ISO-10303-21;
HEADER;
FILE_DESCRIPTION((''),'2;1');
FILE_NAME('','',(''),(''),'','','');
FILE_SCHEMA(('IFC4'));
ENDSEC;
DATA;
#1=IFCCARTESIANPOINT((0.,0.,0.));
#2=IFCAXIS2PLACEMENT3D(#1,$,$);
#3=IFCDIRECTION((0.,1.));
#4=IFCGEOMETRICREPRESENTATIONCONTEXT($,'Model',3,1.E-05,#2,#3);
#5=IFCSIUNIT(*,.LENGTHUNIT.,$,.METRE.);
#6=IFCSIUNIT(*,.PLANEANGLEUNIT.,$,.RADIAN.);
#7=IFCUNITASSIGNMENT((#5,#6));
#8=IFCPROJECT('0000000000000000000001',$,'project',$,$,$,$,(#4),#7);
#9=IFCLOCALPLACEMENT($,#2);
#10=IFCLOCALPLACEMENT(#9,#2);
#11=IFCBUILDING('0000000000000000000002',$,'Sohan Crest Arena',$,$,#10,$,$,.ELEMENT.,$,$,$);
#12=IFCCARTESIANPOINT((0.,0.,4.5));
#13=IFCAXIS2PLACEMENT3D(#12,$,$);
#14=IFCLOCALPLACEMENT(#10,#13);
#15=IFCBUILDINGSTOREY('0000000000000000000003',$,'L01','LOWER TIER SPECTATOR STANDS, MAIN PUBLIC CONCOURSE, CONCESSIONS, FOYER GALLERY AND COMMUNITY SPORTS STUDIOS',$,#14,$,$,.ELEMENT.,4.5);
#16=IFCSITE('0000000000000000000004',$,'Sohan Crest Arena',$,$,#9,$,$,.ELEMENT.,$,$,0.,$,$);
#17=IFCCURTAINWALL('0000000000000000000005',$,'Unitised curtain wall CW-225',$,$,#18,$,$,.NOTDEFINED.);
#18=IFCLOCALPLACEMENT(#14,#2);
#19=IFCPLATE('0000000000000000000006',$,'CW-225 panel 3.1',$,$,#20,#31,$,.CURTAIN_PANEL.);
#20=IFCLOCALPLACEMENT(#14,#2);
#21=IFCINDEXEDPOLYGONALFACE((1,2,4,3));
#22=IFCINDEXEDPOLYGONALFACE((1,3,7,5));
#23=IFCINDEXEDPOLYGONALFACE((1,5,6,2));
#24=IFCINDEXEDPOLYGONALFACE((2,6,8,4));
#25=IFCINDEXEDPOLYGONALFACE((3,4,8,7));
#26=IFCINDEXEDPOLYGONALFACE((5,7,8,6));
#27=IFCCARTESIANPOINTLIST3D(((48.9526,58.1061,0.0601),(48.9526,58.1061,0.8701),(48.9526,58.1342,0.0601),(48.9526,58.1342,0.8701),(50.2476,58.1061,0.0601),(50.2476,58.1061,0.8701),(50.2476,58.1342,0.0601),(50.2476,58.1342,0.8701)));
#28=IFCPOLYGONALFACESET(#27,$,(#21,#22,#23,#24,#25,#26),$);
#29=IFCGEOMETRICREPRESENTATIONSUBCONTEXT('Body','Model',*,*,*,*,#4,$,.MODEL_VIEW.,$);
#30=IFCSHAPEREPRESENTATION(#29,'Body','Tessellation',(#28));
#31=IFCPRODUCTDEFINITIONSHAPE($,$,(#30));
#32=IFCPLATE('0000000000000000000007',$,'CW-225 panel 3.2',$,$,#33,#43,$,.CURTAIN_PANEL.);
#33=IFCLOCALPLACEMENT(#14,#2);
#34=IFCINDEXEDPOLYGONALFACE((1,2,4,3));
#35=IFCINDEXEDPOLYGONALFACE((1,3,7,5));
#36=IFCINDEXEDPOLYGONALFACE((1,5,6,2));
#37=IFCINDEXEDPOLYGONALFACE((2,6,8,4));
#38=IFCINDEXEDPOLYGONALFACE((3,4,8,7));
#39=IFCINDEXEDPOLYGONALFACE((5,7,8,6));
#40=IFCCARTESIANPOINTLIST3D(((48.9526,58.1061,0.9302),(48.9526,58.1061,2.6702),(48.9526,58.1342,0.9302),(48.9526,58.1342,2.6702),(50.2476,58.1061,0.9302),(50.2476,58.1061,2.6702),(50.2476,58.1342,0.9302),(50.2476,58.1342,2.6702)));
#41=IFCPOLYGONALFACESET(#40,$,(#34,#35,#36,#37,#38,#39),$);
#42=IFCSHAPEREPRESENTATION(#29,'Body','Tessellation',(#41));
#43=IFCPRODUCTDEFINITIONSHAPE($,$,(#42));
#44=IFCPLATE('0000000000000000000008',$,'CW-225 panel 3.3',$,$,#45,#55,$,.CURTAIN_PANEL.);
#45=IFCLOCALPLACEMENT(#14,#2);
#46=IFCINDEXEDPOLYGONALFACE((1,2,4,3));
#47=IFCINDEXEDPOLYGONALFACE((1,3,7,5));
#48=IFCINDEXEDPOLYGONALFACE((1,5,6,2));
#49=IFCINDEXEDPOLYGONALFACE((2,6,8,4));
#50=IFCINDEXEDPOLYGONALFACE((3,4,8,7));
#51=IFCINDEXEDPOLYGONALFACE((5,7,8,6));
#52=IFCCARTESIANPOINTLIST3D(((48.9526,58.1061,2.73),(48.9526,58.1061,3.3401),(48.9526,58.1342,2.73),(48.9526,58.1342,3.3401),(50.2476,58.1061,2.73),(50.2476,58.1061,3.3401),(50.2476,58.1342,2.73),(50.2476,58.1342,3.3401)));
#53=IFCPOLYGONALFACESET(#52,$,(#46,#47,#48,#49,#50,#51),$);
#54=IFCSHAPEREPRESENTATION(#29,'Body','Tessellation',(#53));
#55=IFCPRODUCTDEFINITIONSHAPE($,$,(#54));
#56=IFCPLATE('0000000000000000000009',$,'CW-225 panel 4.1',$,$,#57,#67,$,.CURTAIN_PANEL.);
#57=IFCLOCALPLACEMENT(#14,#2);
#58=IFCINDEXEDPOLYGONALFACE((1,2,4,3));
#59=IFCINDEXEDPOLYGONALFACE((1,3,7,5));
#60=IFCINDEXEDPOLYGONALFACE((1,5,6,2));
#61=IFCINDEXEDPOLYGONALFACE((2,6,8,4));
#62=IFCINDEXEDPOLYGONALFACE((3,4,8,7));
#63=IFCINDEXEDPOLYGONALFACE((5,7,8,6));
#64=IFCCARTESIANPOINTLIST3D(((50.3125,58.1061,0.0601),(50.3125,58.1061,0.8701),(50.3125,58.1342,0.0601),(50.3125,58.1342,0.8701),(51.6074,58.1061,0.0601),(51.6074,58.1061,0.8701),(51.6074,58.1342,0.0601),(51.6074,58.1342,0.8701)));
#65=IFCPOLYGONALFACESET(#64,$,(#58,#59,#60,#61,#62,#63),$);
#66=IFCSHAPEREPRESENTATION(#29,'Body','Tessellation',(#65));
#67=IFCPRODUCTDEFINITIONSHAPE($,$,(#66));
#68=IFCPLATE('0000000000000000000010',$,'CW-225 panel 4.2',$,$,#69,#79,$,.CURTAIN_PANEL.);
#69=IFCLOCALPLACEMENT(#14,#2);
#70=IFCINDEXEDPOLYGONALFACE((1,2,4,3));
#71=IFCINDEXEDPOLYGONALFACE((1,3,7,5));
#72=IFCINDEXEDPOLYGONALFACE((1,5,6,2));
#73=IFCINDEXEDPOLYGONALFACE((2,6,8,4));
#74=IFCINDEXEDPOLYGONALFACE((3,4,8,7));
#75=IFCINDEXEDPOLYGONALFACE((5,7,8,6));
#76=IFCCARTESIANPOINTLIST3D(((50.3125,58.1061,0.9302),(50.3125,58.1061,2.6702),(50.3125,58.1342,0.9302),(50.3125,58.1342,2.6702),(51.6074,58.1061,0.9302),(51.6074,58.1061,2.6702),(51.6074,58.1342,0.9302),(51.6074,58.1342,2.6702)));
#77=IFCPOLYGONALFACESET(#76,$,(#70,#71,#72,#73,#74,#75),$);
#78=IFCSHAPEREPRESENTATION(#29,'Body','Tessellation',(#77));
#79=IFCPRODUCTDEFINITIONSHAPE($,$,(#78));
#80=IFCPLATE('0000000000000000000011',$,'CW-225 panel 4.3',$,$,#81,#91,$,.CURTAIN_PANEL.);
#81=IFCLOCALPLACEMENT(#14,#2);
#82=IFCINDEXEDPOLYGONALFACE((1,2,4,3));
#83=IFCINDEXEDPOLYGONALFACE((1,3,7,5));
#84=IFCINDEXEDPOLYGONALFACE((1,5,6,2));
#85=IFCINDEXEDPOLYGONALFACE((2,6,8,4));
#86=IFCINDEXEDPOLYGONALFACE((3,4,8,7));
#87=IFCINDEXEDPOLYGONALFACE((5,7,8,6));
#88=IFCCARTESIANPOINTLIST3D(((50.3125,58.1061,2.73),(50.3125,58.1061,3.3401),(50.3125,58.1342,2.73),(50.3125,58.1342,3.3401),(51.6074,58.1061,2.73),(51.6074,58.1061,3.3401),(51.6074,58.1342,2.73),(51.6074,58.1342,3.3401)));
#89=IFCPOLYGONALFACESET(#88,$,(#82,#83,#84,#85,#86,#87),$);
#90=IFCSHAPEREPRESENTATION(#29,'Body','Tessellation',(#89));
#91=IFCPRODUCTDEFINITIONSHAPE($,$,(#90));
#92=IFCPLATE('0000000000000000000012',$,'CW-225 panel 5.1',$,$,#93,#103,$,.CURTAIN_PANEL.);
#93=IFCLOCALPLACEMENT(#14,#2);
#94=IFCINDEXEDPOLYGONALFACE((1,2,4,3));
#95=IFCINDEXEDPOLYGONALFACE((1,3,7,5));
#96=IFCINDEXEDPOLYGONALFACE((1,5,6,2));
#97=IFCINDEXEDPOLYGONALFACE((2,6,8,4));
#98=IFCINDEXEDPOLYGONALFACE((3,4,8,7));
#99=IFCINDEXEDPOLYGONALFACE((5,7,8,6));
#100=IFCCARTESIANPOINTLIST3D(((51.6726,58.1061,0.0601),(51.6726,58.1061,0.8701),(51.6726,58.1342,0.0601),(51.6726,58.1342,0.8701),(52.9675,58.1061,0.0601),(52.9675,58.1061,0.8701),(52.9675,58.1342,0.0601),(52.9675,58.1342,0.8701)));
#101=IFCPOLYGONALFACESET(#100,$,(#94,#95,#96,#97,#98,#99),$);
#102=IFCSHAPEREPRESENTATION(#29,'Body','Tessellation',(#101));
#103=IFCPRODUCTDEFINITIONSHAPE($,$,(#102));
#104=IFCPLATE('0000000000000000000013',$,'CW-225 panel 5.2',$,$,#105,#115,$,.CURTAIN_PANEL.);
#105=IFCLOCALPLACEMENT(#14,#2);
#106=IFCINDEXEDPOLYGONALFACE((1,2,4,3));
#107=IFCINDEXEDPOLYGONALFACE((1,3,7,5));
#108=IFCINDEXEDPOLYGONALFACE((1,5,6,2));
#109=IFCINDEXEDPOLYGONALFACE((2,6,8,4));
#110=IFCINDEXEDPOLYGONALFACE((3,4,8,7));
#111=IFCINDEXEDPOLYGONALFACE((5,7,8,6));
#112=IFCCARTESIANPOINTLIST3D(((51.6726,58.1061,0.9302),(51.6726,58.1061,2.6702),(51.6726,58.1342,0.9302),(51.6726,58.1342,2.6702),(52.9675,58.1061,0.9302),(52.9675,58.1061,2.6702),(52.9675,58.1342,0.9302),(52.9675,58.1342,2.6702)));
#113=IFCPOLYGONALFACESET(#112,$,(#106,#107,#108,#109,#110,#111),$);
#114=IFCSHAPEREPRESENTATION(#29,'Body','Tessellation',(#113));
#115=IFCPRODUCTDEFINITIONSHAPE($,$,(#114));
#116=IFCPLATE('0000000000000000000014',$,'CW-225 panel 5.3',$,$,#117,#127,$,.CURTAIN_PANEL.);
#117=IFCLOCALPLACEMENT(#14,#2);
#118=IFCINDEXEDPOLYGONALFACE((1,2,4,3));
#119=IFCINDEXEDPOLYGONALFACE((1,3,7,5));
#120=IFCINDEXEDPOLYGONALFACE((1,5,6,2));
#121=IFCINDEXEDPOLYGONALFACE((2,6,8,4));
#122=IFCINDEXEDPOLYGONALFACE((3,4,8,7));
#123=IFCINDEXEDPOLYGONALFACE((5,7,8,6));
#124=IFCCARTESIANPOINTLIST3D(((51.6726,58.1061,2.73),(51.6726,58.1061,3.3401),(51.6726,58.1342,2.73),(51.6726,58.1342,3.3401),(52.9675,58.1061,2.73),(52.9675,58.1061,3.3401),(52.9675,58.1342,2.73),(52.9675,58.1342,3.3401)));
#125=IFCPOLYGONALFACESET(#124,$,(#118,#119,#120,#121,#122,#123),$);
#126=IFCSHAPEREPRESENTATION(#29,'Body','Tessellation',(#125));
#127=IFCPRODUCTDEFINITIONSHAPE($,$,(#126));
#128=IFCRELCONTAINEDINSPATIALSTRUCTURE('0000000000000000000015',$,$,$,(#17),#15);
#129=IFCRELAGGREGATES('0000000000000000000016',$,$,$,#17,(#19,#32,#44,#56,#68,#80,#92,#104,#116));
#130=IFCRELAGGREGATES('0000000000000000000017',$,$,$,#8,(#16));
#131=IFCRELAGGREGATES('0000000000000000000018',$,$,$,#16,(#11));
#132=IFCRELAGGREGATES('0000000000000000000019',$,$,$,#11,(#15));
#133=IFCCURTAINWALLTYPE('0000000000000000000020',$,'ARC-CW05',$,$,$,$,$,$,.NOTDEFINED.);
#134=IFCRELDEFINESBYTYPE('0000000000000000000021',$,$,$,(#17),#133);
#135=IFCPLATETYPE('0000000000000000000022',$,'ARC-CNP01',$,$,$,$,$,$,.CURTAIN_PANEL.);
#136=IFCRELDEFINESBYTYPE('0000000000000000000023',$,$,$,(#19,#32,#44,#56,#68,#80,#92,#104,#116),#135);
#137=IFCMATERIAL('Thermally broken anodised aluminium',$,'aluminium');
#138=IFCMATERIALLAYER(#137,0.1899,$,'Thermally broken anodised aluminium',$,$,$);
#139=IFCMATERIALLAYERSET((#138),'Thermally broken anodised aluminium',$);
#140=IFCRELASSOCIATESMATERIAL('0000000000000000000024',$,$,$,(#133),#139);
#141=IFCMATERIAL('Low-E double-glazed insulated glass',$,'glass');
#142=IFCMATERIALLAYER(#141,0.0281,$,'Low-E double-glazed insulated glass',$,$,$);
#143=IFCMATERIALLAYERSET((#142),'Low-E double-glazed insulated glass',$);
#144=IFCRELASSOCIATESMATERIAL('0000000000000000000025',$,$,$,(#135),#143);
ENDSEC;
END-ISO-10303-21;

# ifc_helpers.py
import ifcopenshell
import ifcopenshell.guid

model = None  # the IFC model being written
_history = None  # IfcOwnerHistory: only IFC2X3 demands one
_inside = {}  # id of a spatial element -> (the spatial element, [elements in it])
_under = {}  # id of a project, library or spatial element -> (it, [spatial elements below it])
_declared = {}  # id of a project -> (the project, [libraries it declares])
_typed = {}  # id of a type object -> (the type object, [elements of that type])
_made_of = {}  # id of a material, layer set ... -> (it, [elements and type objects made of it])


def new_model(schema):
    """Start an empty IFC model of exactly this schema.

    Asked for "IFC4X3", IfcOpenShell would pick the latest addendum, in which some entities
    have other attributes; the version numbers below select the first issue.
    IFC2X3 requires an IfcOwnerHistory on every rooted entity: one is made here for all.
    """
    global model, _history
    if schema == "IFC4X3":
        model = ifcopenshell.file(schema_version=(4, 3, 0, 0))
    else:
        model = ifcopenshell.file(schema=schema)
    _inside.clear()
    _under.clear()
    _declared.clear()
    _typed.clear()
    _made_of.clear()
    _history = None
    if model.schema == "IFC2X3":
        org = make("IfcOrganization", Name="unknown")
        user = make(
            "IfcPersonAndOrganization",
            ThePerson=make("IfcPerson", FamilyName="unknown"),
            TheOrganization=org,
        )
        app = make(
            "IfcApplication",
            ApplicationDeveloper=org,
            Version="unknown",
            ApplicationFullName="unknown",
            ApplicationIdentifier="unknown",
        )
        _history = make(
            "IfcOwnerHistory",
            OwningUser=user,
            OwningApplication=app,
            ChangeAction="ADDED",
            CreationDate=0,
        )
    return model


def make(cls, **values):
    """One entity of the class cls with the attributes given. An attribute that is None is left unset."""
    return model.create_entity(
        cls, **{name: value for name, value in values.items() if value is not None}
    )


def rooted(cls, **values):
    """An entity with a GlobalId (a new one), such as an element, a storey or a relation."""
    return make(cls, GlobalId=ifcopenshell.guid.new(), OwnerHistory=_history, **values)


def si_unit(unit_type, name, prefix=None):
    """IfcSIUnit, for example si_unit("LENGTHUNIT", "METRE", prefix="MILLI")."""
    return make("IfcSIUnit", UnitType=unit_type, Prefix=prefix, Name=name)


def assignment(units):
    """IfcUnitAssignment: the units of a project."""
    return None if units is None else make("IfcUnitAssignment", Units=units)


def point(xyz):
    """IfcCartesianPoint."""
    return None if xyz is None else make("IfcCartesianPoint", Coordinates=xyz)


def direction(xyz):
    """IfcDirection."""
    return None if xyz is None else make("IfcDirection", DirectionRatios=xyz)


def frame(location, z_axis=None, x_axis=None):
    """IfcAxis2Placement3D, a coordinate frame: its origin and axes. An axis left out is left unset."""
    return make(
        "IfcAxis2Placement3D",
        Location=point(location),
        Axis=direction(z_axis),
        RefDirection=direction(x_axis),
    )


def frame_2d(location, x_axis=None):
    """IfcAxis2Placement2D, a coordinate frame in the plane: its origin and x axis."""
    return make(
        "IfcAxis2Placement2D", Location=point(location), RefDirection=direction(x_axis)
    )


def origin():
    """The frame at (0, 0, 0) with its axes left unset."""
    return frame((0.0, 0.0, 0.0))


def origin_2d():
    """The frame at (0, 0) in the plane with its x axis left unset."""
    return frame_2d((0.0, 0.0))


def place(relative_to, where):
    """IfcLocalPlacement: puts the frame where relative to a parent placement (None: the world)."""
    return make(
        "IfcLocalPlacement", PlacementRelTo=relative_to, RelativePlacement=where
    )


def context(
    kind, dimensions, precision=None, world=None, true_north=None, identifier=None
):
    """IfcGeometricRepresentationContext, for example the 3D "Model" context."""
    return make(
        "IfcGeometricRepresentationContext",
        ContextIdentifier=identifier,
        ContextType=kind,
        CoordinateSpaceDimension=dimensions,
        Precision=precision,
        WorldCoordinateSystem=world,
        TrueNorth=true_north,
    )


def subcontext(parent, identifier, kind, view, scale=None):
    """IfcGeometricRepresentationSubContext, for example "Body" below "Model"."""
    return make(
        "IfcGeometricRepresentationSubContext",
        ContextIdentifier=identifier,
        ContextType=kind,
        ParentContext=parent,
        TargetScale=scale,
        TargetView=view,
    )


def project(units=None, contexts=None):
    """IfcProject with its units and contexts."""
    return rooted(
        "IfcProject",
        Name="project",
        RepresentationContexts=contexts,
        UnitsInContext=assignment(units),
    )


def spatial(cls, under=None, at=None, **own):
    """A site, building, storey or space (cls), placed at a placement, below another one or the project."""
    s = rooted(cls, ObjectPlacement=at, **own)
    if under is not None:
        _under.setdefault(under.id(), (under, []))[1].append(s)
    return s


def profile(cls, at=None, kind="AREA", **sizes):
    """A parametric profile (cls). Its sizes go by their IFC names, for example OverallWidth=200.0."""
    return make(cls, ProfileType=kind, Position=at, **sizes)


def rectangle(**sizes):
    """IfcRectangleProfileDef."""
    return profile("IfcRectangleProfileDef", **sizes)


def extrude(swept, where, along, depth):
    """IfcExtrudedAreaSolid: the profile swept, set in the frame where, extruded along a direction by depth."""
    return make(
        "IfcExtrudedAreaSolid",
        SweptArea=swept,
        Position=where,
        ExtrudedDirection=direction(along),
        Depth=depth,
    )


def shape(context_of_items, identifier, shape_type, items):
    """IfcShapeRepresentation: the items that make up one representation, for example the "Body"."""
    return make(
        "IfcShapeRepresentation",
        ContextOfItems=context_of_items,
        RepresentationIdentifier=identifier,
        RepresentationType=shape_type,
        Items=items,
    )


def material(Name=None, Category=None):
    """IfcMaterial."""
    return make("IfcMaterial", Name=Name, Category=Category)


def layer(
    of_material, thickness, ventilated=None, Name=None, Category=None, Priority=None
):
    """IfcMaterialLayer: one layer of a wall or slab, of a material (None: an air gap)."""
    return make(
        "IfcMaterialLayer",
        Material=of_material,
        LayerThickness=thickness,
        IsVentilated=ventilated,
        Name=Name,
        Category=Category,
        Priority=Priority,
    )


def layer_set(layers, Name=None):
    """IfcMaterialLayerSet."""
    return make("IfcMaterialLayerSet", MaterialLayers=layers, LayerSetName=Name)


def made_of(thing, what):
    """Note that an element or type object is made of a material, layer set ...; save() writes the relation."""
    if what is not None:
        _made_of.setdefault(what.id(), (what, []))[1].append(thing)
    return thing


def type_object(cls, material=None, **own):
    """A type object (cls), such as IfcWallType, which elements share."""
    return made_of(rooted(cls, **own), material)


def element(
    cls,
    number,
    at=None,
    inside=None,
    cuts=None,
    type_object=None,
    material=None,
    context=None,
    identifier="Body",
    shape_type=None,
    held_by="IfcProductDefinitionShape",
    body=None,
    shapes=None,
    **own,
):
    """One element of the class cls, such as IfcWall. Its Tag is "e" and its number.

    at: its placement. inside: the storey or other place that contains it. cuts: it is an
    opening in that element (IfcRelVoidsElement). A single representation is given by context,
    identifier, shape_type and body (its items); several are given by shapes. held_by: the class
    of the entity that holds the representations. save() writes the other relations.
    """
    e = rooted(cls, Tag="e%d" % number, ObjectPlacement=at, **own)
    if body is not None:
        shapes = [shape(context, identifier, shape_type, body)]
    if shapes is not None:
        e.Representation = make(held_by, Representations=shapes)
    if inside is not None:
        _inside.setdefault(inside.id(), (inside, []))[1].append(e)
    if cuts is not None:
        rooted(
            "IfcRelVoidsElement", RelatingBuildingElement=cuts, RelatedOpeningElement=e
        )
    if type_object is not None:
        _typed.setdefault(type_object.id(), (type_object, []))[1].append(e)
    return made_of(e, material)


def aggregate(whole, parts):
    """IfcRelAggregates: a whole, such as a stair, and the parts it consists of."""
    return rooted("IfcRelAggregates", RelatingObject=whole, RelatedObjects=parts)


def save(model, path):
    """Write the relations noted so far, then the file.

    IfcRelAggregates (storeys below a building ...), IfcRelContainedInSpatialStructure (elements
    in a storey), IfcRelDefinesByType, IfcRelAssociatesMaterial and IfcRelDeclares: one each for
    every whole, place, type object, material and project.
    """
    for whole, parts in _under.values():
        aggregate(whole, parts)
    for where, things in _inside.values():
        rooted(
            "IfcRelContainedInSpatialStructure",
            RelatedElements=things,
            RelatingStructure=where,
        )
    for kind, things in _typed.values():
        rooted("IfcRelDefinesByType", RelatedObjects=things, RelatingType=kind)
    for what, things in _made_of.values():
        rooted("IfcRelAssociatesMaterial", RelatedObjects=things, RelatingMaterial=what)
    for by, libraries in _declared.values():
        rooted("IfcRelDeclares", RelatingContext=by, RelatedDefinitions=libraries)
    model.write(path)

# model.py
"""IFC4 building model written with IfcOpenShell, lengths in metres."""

from ifc_helpers import new_model, si_unit, direction, frame, origin, origin_2d, place, context, subcontext, project, spatial, rectangle, extrude, material, layer, layer_set, type_object, element, aggregate, save


model = new_model("IFC4")

# Units and contexts
model_context = context("Model", 3, precision=1e-05, world=origin(), true_north=direction((0.0, 1.0)))
body_context = subcontext(model_context, "Body", "Model", "MODEL_VIEW")
ifc_project = project(units=[si_unit("LENGTHUNIT", "METRE"), si_unit("PLANEANGLEUNIT", "RADIAN")], contexts=[model_context])

# Site, building, storey
site_placement = place(None, origin())
site = spatial("IfcSite", under=ifc_project, at=site_placement, Name="Sohan Crest Arena", CompositionType="ELEMENT", RefElevation=0.0)
building_placement = place(site_placement, origin())
building = spatial("IfcBuilding", under=site, at=building_placement, Name="Sohan Crest Arena", CompositionType="ELEMENT")
storey_placement = place(building_placement, frame((0.0, 0.0, 4.5)))
storey = spatial("IfcBuildingStorey", under=building, at=storey_placement, Name="L01", Description="LOWER TIER SPECTATOR STANDS, MAIN PUBLIC CONCOURSE, CONCESSIONS, FOYER GALLERY AND COMMUNITY SPORTS STUDIOS", CompositionType="ELEMENT", Elevation=4.5)

# Curtain wall, plates
ifc_material_1 = material(Name="Thermally broken anodised aluminium", Category="aluminium")
ifc_layer_1 = layer(ifc_material_1, 0.1899, Name="Thermally broken anodised aluminium")
ifc_layer_set_1 = layer_set([ifc_layer_1], Name="Thermally broken anodised aluminium")
curtain_wall_type = type_object("IfcCurtainWallType", Name="ARC-CW05", PredefinedType="NOTDEFINED", material=ifc_layer_set_1)
curtain_wall_placement = place(storey_placement, origin())
curtain_wall = element("IfcCurtainWall", 1, at=curtain_wall_placement, inside=storey, type_object=curtain_wall_type, Name="Unitised curtain wall CW-225", PredefinedType="NOTDEFINED")
ifc_material_2 = material(Name="Low-E double-glazed insulated glass", Category="glass")
ifc_layer_2 = layer(ifc_material_2, 0.0281, Name="Low-E double-glazed insulated glass")
ifc_layer_set_2 = layer_set([ifc_layer_2], Name="Low-E double-glazed insulated glass")
plate_type = type_object("IfcPlateType", Name="ARC-CNP01", PredefinedType="CURTAIN_PANEL", material=ifc_layer_set_2)
plate_1_placement = place(storey_placement, frame((49.6001, 58.1201, 0.0601), z_axis=(0.0, 0.0, 1.0), x_axis=(1.0, 0.0, 0.0)))
plate_1 = element("IfcPlate", 2, at=plate_1_placement, type_object=plate_type, Name="CW-225 panel 3.1", PredefinedType="CURTAIN_PANEL", context=body_context, shape_type="SweptSolid", body=[
    extrude(rectangle(XDim=1.2949, YDim=0.0281, at=origin_2d()), origin(), (0.0, 0.0, 1.0), 0.8101),
])
plate_2_placement = place(storey_placement, frame((49.6001, 58.1201, 0.9302), z_axis=(0.0, 0.0, 1.0), x_axis=(1.0, 0.0, 0.0)))
plate_2 = element("IfcPlate", 3, at=plate_2_placement, type_object=plate_type, Name="CW-225 panel 3.2", PredefinedType="CURTAIN_PANEL", context=body_context, shape_type="SweptSolid", body=[
    extrude(rectangle(XDim=1.2949, YDim=0.0281, at=origin_2d()), origin(), (0.0, 0.0, 1.0), 1.74),
])
plate_3_placement = place(storey_placement, frame((49.6001, 58.1201, 2.73), z_axis=(0.0, 0.0, 1.0), x_axis=(1.0, 0.0, 0.0)))
plate_3 = element("IfcPlate", 4, at=plate_3_placement, type_object=plate_type, Name="CW-225 panel 3.3", PredefinedType="CURTAIN_PANEL", context=body_context, shape_type="SweptSolid", body=[
    extrude(rectangle(XDim=1.2949, YDim=0.0281, at=origin_2d()), origin(), (0.0, 0.0, 1.0), 0.6101),
])
plate_4_placement = place(storey_placement, frame((50.96, 58.1201, 0.0601), z_axis=(0.0, 0.0, 1.0), x_axis=(1.0, 0.0, 0.0)))
plate_4 = element("IfcPlate", 5, at=plate_4_placement, type_object=plate_type, Name="CW-225 panel 4.1", PredefinedType="CURTAIN_PANEL", context=body_context, shape_type="SweptSolid", body=[
    extrude(rectangle(XDim=1.2949, YDim=0.0281, at=origin_2d()), origin(), (0.0, 0.0, 1.0), 0.8101),
])
plate_5_placement = place(storey_placement, frame((50.96, 58.1201, 0.9302), z_axis=(0.0, 0.0, 1.0), x_axis=(1.0, 0.0, 0.0)))
plate_5 = element("IfcPlate", 6, at=plate_5_placement, type_object=plate_type, Name="CW-225 panel 4.2", PredefinedType="CURTAIN_PANEL", context=body_context, shape_type="SweptSolid", body=[
    extrude(rectangle(XDim=1.2949, YDim=0.0281, at=origin_2d()), origin(), (0.0, 0.0, 1.0), 1.74),
])
plate_6_placement = place(storey_placement, frame((50.96, 58.1201, 2.73), z_axis=(0.0, 0.0, 1.0), x_axis=(1.0, 0.0, 0.0)))
plate_6 = element("IfcPlate", 7, at=plate_6_placement, type_object=plate_type, Name="CW-225 panel 4.3", PredefinedType="CURTAIN_PANEL", context=body_context, shape_type="SweptSolid", body=[
    extrude(rectangle(XDim=1.2949, YDim=0.0281, at=origin_2d()), origin(), (0.0, 0.0, 1.0), 0.6101),
])
plate_7_placement = place(storey_placement, frame((52.3201, 58.1201, 0.0601), z_axis=(0.0, 0.0, 1.0), x_axis=(1.0, 0.0, 0.0)))
plate_7 = element("IfcPlate", 8, at=plate_7_placement, type_object=plate_type, Name="CW-225 panel 5.1", PredefinedType="CURTAIN_PANEL", context=body_context, shape_type="SweptSolid", body=[
    extrude(rectangle(XDim=1.2949, YDim=0.0281, at=origin_2d()), origin(), (0.0, 0.0, 1.0), 0.8101),
])
plate_8_placement = place(storey_placement, frame((52.3201, 58.1201, 0.9302), z_axis=(0.0, 0.0, 1.0), x_axis=(1.0, 0.0, 0.0)))
plate_8 = element("IfcPlate", 9, at=plate_8_placement, type_object=plate_type, Name="CW-225 panel 5.2", PredefinedType="CURTAIN_PANEL", context=body_context, shape_type="SweptSolid", body=[
    extrude(rectangle(XDim=1.2949, YDim=0.0281, at=origin_2d()), origin(), (0.0, 0.0, 1.0), 1.74),
])
plate_9_placement = place(storey_placement, frame((52.3201, 58.1201, 2.73), z_axis=(0.0, 0.0, 1.0), x_axis=(1.0, 0.0, 0.0)))
plate_9 = element("IfcPlate", 10, at=plate_9_placement, type_object=plate_type, Name="CW-225 panel 5.3", PredefinedType="CURTAIN_PANEL", context=body_context, shape_type="SweptSolid", body=[
    extrude(rectangle(XDim=1.2949, YDim=0.0281, at=origin_2d()), origin(), (0.0, 0.0, 1.0), 0.6101),
])
aggregate(curtain_wall, [plate_1, plate_2, plate_3, plate_4, plate_5, plate_6, plate_7, plate_8, plate_9])

save(model, "model.ifc")
